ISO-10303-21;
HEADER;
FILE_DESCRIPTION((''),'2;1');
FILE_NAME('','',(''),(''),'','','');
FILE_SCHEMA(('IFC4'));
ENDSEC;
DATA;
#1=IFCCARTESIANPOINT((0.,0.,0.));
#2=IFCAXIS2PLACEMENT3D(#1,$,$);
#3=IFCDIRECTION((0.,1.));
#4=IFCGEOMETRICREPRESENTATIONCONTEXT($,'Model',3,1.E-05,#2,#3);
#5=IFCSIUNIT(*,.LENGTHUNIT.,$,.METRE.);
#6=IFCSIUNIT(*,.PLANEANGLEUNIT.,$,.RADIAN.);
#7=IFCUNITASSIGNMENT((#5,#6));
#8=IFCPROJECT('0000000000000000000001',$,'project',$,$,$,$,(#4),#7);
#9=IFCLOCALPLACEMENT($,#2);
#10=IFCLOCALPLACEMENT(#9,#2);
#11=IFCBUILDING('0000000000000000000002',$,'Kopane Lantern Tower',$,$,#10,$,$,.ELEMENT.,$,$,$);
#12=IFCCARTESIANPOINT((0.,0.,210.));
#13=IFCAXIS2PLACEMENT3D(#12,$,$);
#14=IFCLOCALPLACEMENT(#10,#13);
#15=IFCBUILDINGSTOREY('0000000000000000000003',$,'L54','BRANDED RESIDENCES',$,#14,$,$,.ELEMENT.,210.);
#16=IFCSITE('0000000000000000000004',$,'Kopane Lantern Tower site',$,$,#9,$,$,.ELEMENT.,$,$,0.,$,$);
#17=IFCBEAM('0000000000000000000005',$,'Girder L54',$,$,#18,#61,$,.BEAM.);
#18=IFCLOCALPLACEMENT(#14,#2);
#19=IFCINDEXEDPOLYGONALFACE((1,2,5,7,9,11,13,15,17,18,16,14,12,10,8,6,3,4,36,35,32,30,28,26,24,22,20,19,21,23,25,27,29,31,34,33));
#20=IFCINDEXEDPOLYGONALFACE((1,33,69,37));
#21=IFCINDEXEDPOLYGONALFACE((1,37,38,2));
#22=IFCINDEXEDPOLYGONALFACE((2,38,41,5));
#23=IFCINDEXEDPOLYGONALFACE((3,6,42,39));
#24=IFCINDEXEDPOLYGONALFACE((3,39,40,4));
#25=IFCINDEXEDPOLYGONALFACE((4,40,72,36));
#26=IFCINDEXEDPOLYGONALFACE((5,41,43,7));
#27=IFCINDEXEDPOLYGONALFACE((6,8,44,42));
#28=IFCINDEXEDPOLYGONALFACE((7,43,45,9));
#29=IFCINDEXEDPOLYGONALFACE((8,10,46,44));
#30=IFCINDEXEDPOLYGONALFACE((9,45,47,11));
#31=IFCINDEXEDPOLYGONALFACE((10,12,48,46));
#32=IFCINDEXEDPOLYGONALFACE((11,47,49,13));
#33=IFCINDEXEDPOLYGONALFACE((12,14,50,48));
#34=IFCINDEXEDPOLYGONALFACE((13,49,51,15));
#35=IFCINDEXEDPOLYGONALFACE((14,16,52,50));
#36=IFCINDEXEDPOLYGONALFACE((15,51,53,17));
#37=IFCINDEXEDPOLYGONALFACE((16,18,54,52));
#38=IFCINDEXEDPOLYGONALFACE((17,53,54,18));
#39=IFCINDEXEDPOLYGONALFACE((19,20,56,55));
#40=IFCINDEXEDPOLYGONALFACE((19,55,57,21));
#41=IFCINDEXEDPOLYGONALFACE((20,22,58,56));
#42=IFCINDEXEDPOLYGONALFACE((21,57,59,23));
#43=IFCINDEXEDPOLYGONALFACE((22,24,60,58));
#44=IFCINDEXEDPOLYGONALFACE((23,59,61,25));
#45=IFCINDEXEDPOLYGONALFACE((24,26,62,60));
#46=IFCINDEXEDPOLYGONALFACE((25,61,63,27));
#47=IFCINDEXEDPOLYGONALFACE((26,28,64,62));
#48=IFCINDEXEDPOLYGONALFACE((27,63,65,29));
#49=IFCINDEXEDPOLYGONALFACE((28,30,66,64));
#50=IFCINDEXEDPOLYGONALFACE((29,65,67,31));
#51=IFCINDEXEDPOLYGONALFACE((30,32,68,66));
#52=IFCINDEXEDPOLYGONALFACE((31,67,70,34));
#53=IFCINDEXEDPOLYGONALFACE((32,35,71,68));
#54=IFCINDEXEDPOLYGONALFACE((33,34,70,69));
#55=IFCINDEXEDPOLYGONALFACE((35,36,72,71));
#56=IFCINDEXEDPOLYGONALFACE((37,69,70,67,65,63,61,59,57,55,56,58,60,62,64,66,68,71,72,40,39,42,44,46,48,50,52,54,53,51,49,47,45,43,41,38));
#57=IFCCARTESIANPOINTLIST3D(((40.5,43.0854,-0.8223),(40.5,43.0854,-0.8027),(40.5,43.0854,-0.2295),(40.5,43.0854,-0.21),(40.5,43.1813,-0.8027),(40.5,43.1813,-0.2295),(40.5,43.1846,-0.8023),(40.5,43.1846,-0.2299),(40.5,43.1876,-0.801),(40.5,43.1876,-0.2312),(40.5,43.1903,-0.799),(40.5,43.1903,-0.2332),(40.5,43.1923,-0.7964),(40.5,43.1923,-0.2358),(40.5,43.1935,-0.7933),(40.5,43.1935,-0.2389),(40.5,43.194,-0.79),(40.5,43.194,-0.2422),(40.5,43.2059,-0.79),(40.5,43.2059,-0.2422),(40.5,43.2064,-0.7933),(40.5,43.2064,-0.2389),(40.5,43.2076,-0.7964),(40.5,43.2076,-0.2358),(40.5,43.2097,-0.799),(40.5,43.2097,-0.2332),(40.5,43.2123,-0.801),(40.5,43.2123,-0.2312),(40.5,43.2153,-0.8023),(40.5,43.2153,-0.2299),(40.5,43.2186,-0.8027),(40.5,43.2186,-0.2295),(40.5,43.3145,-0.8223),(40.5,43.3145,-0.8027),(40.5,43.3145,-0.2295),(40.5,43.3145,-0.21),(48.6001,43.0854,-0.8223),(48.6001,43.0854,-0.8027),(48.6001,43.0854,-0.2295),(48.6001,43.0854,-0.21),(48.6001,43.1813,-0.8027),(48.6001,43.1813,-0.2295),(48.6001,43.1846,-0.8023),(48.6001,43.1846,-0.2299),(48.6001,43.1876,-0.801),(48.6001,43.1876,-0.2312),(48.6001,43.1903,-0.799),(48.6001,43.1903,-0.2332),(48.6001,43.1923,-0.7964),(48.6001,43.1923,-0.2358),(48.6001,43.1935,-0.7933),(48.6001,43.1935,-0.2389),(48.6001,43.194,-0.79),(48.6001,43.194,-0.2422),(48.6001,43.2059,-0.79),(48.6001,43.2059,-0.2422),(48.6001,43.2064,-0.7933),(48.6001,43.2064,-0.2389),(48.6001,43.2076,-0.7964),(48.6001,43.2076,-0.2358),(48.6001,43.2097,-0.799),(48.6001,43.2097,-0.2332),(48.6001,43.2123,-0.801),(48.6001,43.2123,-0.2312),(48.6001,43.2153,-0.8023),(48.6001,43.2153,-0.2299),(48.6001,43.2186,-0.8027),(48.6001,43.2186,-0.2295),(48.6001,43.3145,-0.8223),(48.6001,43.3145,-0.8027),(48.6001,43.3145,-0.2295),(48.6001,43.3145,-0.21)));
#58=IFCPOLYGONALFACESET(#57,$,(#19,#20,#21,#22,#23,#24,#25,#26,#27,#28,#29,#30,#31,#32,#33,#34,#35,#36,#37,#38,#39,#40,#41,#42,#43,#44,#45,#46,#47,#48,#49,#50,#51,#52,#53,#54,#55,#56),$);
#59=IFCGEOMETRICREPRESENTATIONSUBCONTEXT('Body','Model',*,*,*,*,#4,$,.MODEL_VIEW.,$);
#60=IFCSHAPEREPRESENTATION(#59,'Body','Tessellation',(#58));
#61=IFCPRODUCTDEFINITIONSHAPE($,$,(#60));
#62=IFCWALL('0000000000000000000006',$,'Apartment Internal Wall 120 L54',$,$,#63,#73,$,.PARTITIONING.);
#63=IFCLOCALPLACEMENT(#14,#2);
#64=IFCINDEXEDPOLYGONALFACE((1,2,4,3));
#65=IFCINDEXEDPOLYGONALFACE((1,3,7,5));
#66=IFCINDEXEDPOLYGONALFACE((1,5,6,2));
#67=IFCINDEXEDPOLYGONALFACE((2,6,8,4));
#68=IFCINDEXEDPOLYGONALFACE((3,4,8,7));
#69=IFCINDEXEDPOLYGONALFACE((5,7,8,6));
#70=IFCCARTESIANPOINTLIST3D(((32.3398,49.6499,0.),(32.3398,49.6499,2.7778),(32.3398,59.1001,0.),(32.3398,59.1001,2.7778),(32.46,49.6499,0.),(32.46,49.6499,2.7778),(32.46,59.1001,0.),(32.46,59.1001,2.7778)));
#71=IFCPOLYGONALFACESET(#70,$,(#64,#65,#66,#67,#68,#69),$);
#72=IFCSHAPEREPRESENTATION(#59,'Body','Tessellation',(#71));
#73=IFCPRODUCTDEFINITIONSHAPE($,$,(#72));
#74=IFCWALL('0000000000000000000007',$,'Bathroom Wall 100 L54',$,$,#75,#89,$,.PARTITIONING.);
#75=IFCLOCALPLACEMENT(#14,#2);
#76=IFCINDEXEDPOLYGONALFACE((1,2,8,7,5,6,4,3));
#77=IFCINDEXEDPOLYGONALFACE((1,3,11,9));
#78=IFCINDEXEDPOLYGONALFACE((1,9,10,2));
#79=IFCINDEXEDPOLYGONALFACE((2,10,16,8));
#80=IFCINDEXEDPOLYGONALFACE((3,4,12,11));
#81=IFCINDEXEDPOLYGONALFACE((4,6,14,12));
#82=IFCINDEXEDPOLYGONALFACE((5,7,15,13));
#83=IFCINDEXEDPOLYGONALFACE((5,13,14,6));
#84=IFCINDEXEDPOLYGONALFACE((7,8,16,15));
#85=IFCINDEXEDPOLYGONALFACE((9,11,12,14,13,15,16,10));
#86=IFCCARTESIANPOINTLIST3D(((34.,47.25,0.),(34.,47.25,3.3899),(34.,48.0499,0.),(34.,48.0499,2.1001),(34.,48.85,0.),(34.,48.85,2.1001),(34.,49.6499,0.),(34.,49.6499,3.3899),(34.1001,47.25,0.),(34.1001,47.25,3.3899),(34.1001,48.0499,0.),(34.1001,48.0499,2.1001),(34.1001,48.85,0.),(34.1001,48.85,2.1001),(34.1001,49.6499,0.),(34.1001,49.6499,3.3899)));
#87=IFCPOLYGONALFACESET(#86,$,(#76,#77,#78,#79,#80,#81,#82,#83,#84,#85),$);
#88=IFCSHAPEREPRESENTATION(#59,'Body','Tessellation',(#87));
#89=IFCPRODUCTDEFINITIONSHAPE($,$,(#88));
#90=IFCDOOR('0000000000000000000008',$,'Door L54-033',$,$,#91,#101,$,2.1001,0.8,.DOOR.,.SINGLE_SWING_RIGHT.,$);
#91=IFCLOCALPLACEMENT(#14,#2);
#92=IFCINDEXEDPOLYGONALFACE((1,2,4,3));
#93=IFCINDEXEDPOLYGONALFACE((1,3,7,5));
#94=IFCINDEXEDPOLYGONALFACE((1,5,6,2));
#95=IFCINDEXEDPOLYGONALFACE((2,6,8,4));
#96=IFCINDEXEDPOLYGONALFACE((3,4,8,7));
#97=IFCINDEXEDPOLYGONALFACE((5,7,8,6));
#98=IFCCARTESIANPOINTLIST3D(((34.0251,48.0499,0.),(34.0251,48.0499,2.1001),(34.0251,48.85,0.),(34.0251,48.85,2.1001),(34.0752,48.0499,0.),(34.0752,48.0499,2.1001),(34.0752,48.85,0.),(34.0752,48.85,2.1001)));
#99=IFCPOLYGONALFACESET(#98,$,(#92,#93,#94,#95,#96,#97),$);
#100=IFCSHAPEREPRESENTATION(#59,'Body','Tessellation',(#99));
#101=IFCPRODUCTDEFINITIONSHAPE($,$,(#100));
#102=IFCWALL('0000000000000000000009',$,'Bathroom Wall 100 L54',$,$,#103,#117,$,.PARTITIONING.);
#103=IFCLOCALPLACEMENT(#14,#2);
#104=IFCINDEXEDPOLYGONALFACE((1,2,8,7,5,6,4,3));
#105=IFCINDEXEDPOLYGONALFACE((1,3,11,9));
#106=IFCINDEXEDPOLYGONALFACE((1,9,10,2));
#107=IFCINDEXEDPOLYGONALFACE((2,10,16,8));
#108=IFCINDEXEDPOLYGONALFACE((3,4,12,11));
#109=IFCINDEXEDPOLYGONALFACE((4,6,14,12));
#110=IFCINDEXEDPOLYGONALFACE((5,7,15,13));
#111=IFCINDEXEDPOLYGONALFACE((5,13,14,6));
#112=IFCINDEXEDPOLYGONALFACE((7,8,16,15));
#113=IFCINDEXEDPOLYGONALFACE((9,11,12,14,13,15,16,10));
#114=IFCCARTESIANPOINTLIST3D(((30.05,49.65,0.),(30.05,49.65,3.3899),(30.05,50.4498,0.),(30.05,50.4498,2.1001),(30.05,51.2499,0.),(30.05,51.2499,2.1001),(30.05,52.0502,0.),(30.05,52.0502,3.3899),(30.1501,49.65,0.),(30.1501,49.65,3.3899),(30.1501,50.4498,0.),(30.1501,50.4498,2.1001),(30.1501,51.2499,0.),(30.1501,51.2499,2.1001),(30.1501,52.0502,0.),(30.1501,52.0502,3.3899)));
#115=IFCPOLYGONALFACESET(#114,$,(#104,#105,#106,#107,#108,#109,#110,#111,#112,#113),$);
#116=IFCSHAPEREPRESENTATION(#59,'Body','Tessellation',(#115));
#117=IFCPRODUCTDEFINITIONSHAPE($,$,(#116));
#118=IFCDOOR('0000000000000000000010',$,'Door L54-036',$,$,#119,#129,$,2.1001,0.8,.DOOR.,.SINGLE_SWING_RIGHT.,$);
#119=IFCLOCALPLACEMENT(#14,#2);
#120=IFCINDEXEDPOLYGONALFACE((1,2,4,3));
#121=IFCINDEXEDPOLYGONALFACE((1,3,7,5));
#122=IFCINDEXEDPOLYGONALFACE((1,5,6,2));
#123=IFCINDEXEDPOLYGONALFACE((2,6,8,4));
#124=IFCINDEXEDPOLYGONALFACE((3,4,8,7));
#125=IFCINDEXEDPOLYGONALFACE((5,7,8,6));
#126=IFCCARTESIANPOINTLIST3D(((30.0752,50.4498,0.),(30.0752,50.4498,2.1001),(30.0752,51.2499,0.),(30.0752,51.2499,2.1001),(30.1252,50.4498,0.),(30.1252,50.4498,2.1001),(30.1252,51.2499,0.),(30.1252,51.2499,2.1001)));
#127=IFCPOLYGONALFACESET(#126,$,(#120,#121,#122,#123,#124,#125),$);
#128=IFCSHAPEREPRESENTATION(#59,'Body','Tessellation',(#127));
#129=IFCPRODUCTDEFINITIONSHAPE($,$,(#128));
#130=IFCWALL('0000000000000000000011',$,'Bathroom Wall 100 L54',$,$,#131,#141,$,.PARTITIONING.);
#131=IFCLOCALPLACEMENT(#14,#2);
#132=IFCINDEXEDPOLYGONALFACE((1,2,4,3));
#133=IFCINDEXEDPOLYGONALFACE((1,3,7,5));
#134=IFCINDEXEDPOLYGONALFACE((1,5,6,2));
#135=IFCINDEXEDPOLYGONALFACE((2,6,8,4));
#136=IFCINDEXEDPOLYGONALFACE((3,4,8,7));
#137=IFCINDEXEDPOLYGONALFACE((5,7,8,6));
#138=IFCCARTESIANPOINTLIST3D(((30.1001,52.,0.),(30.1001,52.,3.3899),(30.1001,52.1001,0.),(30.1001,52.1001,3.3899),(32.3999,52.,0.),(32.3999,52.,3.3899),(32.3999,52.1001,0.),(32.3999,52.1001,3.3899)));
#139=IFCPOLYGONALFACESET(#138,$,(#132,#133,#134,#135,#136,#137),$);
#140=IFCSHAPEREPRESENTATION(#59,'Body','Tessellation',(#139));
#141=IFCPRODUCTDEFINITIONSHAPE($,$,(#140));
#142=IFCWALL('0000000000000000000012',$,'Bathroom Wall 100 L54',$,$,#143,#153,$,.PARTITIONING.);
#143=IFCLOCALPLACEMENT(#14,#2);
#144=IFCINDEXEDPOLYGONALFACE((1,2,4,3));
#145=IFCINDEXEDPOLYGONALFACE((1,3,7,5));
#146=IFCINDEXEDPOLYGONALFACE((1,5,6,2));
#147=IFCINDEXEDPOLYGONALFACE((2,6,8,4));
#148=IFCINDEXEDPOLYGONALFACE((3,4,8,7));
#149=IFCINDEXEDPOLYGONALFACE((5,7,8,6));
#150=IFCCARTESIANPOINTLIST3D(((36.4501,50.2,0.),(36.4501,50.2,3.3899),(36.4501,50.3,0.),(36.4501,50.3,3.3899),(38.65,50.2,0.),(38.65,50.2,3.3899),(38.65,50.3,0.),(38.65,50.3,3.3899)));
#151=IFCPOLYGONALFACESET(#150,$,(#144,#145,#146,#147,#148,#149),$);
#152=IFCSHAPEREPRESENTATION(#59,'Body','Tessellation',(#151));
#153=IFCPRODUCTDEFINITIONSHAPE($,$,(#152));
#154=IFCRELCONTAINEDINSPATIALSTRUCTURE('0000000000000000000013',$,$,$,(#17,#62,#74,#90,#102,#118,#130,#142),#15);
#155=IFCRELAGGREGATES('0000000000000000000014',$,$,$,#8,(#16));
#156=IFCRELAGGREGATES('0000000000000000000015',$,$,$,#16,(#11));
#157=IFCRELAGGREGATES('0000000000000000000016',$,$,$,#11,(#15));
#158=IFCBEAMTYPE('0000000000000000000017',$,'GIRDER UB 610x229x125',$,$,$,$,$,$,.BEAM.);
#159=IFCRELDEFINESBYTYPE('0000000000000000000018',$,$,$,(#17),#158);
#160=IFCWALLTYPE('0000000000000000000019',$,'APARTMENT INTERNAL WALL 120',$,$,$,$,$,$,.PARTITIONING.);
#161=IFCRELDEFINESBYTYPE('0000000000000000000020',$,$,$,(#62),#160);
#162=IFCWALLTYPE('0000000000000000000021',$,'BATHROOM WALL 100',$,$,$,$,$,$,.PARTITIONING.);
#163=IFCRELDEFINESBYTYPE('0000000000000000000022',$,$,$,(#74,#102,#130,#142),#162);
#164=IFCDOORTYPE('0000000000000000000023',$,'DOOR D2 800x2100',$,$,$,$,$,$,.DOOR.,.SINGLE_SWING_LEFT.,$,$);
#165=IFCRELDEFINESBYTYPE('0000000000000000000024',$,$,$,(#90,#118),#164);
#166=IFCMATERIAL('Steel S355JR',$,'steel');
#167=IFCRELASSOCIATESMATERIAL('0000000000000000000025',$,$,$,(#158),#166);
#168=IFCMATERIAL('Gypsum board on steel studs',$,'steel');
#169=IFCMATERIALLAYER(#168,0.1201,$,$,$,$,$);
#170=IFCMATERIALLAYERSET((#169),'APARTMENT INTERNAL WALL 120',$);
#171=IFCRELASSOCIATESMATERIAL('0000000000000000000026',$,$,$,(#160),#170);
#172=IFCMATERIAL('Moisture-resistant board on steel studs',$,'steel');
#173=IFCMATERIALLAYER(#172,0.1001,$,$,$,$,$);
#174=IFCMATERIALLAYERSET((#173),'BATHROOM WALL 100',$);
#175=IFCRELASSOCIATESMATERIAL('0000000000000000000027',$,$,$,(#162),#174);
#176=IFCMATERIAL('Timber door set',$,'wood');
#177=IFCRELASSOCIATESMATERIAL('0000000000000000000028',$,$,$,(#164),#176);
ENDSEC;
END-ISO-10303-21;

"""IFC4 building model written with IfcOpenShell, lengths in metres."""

from ifc_helpers import new_model, si_unit, direction, frame, frame_2d, origin, origin_2d, place, context, subcontext, project, spatial, rectangle, i_section, extrude, material, layer, layer_set, material_profile, profile_set, type_object, element, fill, save


model = new_model("IFC4")

# Units and contexts
model_context = context("Model", 3, precision=1e-05, world=origin(), true_north=direction((0.0, 1.0)))
body_context = subcontext(model_context, "Body", "Model", "MODEL_VIEW")
ifc_project = project(units=[si_unit("LENGTHUNIT", "METRE"), si_unit("PLANEANGLEUNIT", "RADIAN")], contexts=[model_context])

# Site, building, storey
site_placement = place(None, origin())
site = spatial("IfcSite", under=ifc_project, at=site_placement, Name="Kopane Lantern Tower site", CompositionType="ELEMENT", RefElevation=0.0)
building_placement = place(site_placement, origin())
building = spatial("IfcBuilding", under=site, at=building_placement, Name="Kopane Lantern Tower", CompositionType="ELEMENT")
storey_placement = place(building_placement, frame((0.0, 0.0, 210.0)))
storey = spatial("IfcBuildingStorey", under=building, at=storey_placement, Name="L54", Description="BRANDED RESIDENCES", CompositionType="ELEMENT", Elevation=210.0)

# Beam
ifc_material_1 = material(Name="Steel S355JR", Category="steel")
ifc_material_profile_1 = material_profile(ifc_material_1, i_section(OverallWidth=0.229, OverallDepth=0.6123, WebThickness=0.012, FlangeThickness=0.0195, FilletRadius=0.0127, at=origin_2d()), Name="UB 610x229x125")
ifc_profile_set_1 = profile_set([ifc_material_profile_1], Name="Steel S355JR")
beam_type = type_object("IfcBeamType", Name="GIRDER UB 610x229x125", PredefinedType="BEAM", material=ifc_profile_set_1)
for number, where, z_axis, x_axis, name in (
    (1, (40.5, 43.2, -0.5161), (1.0, 0.0, 0.0), (0.0, 1.0, 0.0), "Girder L54"),
):
    element("IfcBeam", number, at=place(storey_placement, frame(where, z_axis=z_axis, x_axis=x_axis)), inside=storey, type_object=beam_type, Name=name, PredefinedType="BEAM", context=body_context, shape_type="SweptSolid", body=[
        extrude(i_section(OverallWidth=0.229, OverallDepth=0.6123, WebThickness=0.012, FlangeThickness=0.0195, FilletRadius=0.0127, at=origin_2d()), origin(), (0.0, 0.0, 1.0), 8.1001),
    ])

# Wall
ifc_material_2 = material(Name="Gypsum board on steel studs", Category="steel")
ifc_layer_1 = layer(ifc_material_2, 0.1201)
ifc_layer_set_1 = layer_set([ifc_layer_1], Name="APARTMENT INTERNAL WALL 120")
wall_type_1 = type_object("IfcWallType", Name="APARTMENT INTERNAL WALL 120", PredefinedType="PARTITIONING", material=ifc_layer_set_1)
wall_1_placement = place(storey_placement, frame((32.3999, 49.6499, 0.0), z_axis=(0.0, 0.0, 1.0), x_axis=(0.0, 1.0, 0.0)))
element("IfcWall", 2, at=wall_1_placement, inside=storey, type_object=wall_type_1, Name="Apartment Internal Wall 120 L54", PredefinedType="PARTITIONING", context=body_context, shape_type="SweptSolid", body=[
    extrude(rectangle(XDim=9.4502, YDim=0.1201, at=frame_2d((4.7251, 0.0))), origin(), (0.0, 0.0, 1.0), 2.7778),
])

# Walls, openings, doors
ifc_material_3 = material(Name="Moisture-resistant board on steel studs", Category="steel")
ifc_layer_2 = layer(ifc_material_3, 0.1001)
ifc_layer_set_2 = layer_set([ifc_layer_2], Name="BATHROOM WALL 100")
wall_type_2 = type_object("IfcWallType", Name="BATHROOM WALL 100", PredefinedType="PARTITIONING", material=ifc_layer_set_2)
wall_2_placement = place(storey_placement, frame((34.05, 47.25, 0.0), z_axis=(0.0, 0.0, 1.0), x_axis=(0.0, 1.0, 0.0)))
wall_2 = element("IfcWall", 3, at=wall_2_placement, inside=storey, type_object=wall_type_2, Name="Bathroom Wall 100 L54", PredefinedType="PARTITIONING", context=body_context, shape_type="SweptSolid", body=[
    extrude(rectangle(XDim=2.3999, YDim=0.1001, at=frame_2d((1.2, 0.0))), origin(), (0.0, 0.0, 1.0), 3.3899),
])
opening_1_placement = place(wall_2_placement, frame((0.8, 0.0, 0.0)))
opening_1 = element("IfcOpeningElement", 4, at=opening_1_placement, cuts=wall_2, PredefinedType="OPENING", context=body_context, shape_type="SweptSolid", body=[
    extrude(rectangle(XDim=0.8, YDim=2.1001, at=frame_2d((0.3999, 1.05))), frame((0.0, 0.0601, 0.0), z_axis=(0.0, -1.0, 0.0), x_axis=(1.0, 0.0, 0.0)), (0.0, 0.0, 1.0), 0.1201),
])
ifc_material_4 = material(Name="Timber door set", Category="wood")
door_type = type_object("IfcDoorType", Name="DOOR D2 800x2100", OperationType="SINGLE_SWING_LEFT", PredefinedType="DOOR", material=ifc_material_4)
door_1_placement = place(opening_1_placement, origin())
door_1 = element("IfcDoor", 5, at=door_1_placement, inside=storey, type_object=door_type, Name="Door L54-033", OperationType="SINGLE_SWING_RIGHT", OverallHeight=2.1001, OverallWidth=0.8, PredefinedType="DOOR", context=body_context, shape_type="SweptSolid", body=[
    extrude(rectangle(XDim=0.8, YDim=2.1001, at=frame_2d((0.3999, 1.05))), frame((0.0, 0.0249, 0.0), z_axis=(0.0, -1.0, 0.0), x_axis=(1.0, 0.0, 0.0)), (0.0, 0.0, 1.0), 0.05),
])
fill(opening_1, door_1)
wall_3_placement = place(storey_placement, frame((30.1001, 49.6499, 0.0), z_axis=(0.0, 0.0, 1.0), x_axis=(0.0, 1.0, 0.0)))
wall_3 = element("IfcWall", 6, at=wall_3_placement, inside=storey, type_object=wall_type_2, Name="Bathroom Wall 100 L54", PredefinedType="PARTITIONING", context=body_context, shape_type="SweptSolid", body=[
    extrude(rectangle(XDim=2.4001, YDim=0.1001, at=frame_2d((1.2002, 0.0))), origin(), (0.0, 0.0, 1.0), 3.3899),
])
opening_2_placement = place(wall_3_placement, frame((0.8, 0.0, 0.0)))
opening_2 = element("IfcOpeningElement", 7, at=opening_2_placement, cuts=wall_3, PredefinedType="OPENING", context=body_context, shape_type="SweptSolid", body=[
    extrude(rectangle(XDim=0.8, YDim=2.1001, at=frame_2d((0.3999, 1.05))), frame((0.0, 0.0601, 0.0), z_axis=(0.0, -1.0, 0.0), x_axis=(1.0, 0.0, 0.0)), (0.0, 0.0, 1.0), 0.1201),
])
door_2_placement = place(opening_2_placement, origin())
door_2 = element("IfcDoor", 8, at=door_2_placement, inside=storey, type_object=door_type, Name="Door L54-036", OperationType="SINGLE_SWING_RIGHT", OverallHeight=2.1001, OverallWidth=0.8, PredefinedType="DOOR", context=body_context, shape_type="SweptSolid", body=[
    extrude(rectangle(XDim=0.8, YDim=2.1001, at=frame_2d((0.3999, 1.05))), frame((0.0, 0.0249, 0.0), z_axis=(0.0, -1.0, 0.0), x_axis=(1.0, 0.0, 0.0)), (0.0, 0.0, 1.0), 0.05),
])
fill(opening_2, door_2)

# Walls
wall_4_placement = place(storey_placement, frame((30.1001, 52.05, 0.0), z_axis=(0.0, 0.0, 1.0), x_axis=(1.0, 0.0, 0.0)))
element("IfcWall", 9, at=wall_4_placement, inside=storey, type_object=wall_type_2, Name="Bathroom Wall 100 L54", PredefinedType="PARTITIONING", context=body_context, shape_type="SweptSolid", body=[
    extrude(rectangle(XDim=2.2998, YDim=0.1001, at=frame_2d((1.1499, 0.0))), origin(), (0.0, 0.0, 1.0), 3.3899),
])
wall_5_placement = place(storey_placement, frame((36.45, 50.25, 0.0), z_axis=(0.0, 0.0, 1.0), x_axis=(1.0, 0.0, 0.0)))
element("IfcWall", 10, at=wall_5_placement, inside=storey, type_object=wall_type_2, Name="Bathroom Wall 100 L54", PredefinedType="PARTITIONING", context=body_context, shape_type="SweptSolid", body=[
    extrude(rectangle(XDim=2.2, YDim=0.1001, at=frame_2d((1.1001, 0.0))), origin(), (0.0, 0.0, 1.0), 3.3899),
])

save(model, "model.ifc")
